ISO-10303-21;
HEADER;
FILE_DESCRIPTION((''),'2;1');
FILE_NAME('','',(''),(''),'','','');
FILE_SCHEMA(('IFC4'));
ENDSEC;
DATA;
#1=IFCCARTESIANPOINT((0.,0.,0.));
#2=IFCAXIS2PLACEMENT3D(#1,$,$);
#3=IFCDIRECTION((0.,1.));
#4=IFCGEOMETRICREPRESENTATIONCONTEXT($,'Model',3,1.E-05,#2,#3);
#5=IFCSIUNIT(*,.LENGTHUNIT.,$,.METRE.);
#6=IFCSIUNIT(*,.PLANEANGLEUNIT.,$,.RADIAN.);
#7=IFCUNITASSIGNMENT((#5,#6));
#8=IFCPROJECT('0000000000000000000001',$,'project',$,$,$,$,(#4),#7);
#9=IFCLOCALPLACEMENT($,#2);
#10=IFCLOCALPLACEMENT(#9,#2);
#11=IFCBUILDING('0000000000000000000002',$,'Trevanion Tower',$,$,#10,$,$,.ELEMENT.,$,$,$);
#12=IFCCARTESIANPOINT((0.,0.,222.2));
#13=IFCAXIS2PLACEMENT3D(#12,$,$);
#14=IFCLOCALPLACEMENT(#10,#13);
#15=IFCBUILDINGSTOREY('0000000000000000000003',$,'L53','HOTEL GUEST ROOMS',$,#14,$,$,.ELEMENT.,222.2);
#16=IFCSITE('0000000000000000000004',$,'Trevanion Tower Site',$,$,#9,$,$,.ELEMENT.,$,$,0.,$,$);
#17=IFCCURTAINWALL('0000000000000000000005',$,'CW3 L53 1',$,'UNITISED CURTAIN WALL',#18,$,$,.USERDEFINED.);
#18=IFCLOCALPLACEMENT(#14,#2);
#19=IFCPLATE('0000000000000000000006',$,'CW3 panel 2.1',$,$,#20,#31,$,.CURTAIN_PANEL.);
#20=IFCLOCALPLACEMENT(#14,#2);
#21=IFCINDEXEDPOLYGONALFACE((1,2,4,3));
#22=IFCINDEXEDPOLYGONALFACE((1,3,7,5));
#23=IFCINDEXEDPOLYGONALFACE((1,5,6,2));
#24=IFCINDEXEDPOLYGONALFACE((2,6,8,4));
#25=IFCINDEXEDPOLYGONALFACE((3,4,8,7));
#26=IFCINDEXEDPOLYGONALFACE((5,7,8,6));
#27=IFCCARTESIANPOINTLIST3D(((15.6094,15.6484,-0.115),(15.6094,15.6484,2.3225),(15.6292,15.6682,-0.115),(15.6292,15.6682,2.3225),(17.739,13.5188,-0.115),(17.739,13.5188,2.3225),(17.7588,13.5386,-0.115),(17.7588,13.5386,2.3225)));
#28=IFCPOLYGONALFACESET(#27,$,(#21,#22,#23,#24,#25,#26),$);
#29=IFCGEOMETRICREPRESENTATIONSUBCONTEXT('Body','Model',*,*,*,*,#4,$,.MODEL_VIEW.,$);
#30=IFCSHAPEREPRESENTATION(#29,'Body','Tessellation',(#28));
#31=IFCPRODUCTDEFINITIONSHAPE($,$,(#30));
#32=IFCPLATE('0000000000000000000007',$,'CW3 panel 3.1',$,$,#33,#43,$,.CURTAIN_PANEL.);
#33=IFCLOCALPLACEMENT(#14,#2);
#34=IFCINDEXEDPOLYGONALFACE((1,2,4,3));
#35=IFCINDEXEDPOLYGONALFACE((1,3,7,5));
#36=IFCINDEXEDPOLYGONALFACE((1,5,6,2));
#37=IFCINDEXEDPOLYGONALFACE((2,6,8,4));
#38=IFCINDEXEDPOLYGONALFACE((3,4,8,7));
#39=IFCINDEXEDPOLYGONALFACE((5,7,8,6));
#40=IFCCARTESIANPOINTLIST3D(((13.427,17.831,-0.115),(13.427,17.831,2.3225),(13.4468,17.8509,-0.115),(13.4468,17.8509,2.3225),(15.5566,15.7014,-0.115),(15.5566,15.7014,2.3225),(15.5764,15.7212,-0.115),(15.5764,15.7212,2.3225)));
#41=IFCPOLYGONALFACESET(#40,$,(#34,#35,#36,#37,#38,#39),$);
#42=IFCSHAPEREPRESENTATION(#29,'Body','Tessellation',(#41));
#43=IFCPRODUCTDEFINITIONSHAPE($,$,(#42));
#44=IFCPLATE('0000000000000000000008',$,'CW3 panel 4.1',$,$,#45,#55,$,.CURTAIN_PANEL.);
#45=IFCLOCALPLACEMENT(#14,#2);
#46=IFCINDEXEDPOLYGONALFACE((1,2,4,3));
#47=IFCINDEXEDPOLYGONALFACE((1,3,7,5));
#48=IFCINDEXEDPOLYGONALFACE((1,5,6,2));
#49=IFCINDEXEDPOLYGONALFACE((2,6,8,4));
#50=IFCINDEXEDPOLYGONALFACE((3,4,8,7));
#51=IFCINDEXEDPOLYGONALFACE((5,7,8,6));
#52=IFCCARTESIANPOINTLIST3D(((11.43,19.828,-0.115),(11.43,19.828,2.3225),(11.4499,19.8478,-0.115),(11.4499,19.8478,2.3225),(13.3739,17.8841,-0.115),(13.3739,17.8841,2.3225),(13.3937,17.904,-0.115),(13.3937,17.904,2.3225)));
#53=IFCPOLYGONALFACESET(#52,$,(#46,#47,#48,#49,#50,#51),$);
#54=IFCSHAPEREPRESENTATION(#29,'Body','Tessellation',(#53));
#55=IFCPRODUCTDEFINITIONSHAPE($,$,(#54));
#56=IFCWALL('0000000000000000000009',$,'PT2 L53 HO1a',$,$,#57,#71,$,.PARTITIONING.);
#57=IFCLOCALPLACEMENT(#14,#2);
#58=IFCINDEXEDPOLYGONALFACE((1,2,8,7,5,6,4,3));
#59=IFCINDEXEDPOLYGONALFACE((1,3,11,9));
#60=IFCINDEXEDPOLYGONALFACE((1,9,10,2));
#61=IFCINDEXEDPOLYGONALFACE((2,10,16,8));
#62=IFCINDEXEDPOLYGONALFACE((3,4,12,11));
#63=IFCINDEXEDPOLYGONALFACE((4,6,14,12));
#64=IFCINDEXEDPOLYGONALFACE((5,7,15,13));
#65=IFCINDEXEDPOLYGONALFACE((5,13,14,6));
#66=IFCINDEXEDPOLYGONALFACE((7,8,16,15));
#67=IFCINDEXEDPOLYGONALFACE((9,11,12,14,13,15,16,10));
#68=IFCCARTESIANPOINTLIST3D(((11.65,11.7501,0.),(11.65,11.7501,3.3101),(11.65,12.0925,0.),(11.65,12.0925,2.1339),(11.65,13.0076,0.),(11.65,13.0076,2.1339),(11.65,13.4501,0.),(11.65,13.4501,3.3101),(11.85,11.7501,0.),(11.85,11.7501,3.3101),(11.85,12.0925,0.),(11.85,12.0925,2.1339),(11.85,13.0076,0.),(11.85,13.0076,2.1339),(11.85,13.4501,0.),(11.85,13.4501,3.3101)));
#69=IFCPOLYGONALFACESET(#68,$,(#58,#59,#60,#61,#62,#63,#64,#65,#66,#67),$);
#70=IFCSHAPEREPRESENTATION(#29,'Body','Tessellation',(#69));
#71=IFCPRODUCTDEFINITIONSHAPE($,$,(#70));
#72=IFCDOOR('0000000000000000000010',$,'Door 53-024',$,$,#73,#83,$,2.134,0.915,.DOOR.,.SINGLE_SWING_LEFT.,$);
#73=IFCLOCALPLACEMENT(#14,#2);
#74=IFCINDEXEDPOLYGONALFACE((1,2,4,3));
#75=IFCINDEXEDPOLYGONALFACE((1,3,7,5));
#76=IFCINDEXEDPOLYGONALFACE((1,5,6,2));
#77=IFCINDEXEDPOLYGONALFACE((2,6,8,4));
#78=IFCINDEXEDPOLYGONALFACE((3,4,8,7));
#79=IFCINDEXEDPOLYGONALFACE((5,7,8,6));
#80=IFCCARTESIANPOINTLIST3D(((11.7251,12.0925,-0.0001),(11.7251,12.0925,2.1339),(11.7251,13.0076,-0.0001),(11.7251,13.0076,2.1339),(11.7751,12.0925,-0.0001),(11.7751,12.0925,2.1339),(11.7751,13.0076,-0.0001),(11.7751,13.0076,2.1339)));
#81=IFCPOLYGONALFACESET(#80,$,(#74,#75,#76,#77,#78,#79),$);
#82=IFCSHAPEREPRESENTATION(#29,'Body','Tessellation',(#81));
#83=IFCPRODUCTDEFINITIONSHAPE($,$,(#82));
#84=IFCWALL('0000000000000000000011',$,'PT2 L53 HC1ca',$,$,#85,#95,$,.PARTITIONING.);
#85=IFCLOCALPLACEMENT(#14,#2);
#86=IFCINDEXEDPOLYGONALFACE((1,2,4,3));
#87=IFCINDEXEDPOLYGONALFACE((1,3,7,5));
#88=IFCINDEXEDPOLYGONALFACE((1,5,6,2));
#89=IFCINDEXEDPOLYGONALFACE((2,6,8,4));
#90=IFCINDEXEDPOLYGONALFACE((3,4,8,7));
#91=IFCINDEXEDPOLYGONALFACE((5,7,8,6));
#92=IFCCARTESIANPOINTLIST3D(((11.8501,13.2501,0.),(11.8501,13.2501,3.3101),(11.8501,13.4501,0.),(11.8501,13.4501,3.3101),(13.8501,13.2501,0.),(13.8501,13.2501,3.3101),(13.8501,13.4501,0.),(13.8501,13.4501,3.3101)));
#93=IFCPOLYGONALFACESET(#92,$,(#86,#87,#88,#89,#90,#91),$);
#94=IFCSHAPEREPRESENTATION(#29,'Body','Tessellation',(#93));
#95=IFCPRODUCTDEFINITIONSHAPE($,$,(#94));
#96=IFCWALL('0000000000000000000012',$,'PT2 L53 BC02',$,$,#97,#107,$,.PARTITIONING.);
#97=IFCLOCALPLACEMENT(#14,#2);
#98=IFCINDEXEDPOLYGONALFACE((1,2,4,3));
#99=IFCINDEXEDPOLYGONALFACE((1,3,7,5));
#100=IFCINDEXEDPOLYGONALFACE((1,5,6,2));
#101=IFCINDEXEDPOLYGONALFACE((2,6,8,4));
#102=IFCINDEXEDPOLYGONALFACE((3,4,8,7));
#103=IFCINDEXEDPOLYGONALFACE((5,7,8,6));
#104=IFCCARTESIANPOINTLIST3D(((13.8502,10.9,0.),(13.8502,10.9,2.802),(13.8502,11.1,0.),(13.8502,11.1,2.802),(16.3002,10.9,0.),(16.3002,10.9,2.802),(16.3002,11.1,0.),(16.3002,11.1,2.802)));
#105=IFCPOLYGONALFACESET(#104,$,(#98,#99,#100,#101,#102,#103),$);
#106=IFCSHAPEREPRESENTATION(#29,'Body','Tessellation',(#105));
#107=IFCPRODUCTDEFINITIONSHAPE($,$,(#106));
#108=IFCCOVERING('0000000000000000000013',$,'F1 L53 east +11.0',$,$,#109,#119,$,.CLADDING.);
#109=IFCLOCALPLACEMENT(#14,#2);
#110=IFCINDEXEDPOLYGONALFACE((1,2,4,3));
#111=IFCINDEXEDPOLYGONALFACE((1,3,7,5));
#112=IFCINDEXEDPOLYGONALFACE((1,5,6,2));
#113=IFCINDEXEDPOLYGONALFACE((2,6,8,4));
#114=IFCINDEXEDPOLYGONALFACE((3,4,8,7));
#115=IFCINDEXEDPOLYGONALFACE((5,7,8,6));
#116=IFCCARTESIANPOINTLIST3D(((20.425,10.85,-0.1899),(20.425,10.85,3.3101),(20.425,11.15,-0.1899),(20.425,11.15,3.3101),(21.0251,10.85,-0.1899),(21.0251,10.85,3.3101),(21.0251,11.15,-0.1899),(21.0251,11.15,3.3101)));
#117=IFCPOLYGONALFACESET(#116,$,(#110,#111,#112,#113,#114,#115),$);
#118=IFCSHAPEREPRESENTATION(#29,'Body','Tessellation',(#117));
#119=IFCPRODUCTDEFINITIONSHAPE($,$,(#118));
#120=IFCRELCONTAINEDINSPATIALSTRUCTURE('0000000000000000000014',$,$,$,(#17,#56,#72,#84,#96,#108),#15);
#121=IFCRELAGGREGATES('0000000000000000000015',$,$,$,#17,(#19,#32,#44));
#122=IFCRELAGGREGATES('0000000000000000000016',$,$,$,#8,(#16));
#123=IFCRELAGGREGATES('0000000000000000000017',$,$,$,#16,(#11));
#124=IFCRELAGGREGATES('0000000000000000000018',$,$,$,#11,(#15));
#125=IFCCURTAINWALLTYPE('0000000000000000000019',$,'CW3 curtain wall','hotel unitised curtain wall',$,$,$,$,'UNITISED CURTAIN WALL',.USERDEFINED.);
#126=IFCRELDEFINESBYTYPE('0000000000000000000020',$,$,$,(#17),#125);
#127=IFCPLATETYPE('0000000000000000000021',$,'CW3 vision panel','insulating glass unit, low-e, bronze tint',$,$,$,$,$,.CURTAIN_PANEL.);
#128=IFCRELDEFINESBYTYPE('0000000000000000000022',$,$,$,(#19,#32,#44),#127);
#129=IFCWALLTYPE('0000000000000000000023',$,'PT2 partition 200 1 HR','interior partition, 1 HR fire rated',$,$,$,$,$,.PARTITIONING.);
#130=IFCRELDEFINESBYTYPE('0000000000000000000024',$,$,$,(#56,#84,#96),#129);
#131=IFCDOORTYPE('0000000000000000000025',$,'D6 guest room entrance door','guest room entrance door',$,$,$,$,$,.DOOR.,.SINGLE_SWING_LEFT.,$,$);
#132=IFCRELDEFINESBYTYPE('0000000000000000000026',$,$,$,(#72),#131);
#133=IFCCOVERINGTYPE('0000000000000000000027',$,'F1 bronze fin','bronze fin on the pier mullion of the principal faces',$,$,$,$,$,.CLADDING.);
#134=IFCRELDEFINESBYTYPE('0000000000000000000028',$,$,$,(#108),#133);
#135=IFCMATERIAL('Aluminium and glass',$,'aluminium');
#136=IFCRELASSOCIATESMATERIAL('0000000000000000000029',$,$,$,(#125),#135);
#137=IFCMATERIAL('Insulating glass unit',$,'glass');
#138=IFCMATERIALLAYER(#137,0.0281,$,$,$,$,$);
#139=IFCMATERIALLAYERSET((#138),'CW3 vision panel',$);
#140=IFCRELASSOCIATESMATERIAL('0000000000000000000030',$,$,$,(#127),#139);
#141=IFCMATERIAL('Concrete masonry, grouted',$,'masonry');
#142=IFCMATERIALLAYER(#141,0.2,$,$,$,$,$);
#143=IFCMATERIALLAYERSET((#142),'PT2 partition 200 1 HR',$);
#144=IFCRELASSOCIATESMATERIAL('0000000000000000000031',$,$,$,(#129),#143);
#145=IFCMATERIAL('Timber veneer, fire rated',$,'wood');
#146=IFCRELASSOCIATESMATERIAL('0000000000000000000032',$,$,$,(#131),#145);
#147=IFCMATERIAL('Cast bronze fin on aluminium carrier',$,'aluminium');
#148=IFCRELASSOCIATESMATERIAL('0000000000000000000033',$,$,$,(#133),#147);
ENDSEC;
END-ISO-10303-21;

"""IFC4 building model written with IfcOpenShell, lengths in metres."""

from ifc_helpers import new_model, si_unit, direction, frame, frame_2d, origin, origin_2d, place, context, subcontext, project, spatial, rectangle, extrude, material, layer, layer_set, type_object, element, fill, aggregate, save


model = new_model("IFC4")

# Units and contexts
model_context = context("Model", 3, precision=1e-05, world=origin(), true_north=direction((0.0, 1.0)))
body_context = subcontext(model_context, "Body", "Model", "MODEL_VIEW")
ifc_project = project(units=[si_unit("LENGTHUNIT", "METRE"), si_unit("PLANEANGLEUNIT", "RADIAN")], contexts=[model_context])

# Site, building, storey
site_placement = place(None, origin())
site = spatial("IfcSite", under=ifc_project, at=site_placement, Name="Trevanion Tower Site", CompositionType="ELEMENT", RefElevation=0.0)
building_placement = place(site_placement, origin())
building = spatial("IfcBuilding", under=site, at=building_placement, Name="Trevanion Tower", CompositionType="ELEMENT")
storey_placement = place(building_placement, frame((0.0, 0.0, 222.2)))
storey = spatial("IfcBuildingStorey", under=building, at=storey_placement, Name="L53", Description="HOTEL GUEST ROOMS", CompositionType="ELEMENT", Elevation=222.2)

# Curtain wall
ifc_material_1 = material(Name="Aluminium and glass", Category="aluminium")
curtain_wall_type = type_object("IfcCurtainWallType", Name="CW3 curtain wall", Description="hotel unitised curtain wall", ElementType="UNITISED CURTAIN WALL", PredefinedType="USERDEFINED", material=ifc_material_1)
curtain_wall_1_placement = place(storey_placement, origin())
curtain_wall_1 = element("IfcCurtainWall", 1, at=curtain_wall_1_placement, inside=storey, type_object=curtain_wall_type, Name="CW3 L53 1", ObjectType="UNITISED CURTAIN WALL", PredefinedType="USERDEFINED")

# Plates
ifc_material_2 = material(Name="Insulating glass unit", Category="glass")
ifc_layer_1 = layer(ifc_material_2, 0.0281)
ifc_layer_set_1 = layer_set([ifc_layer_1], Name="CW3 vision panel")
plate_type_1 = type_object("IfcPlateType", Name="CW3 vision panel", Description="insulating glass unit, low-e, bronze tint", PredefinedType="CURTAIN_PANEL", material=ifc_layer_set_1)
plate_1_placement = place(storey_placement, frame((16.6841, 14.5935, -0.115), z_axis=(0.0, 0.0, 1.0), x_axis=(-0.707107, 0.707107, 0.0)))
plate_1 = element("IfcPlate", 2, at=plate_1_placement, type_object=plate_type_1, Name="CW3 panel 2.1", PredefinedType="CURTAIN_PANEL", context=body_context, shape_type="SweptSolid", body=[
    extrude(rectangle(XDim=3.0117, YDim=0.0281, at=origin_2d()), origin(), (0.0, 0.0, 1.0), 2.4375),
])
plate_2_placement = place(storey_placement, frame((14.5017, 16.7761, -0.115), z_axis=(0.0, 0.0, 1.0), x_axis=(-0.707107, 0.707107, 0.0)))
plate_2 = element("IfcPlate", 3, at=plate_2_placement, type_object=plate_type_1, Name="CW3 panel 3.1", PredefinedType="CURTAIN_PANEL", context=body_context, shape_type="SweptSolid", body=[
    extrude(rectangle(XDim=3.0117, YDim=0.0281, at=origin_2d()), origin(), (0.0, 0.0, 1.0), 2.4375),
])
plate_3_placement = place(storey_placement, frame((12.4119, 18.866, -0.115), z_axis=(0.0, 0.0, 1.0), x_axis=(-0.707107, 0.707107, 0.0)))
plate_3 = element("IfcPlate", 4, at=plate_3_placement, type_object=plate_type_1, Name="CW3 panel 4.1", PredefinedType="CURTAIN_PANEL", context=body_context, shape_type="SweptSolid", body=[
    extrude(rectangle(XDim=2.749, YDim=0.0281, at=origin_2d()), origin(), (0.0, 0.0, 1.0), 2.4375),
])
aggregate(curtain_wall_1, [plate_1, plate_2, plate_3])

# Wall, opening, door
ifc_material_3 = material(Name="Concrete masonry, grouted", Category="masonry")
ifc_layer_2 = layer(ifc_material_3, 0.2)
ifc_layer_set_2 = layer_set([ifc_layer_2], Name="PT2 partition 200 1 HR")
wall_type = type_object("IfcWallType", Name="PT2 partition 200 1 HR", Description="interior partition, 1 HR fire rated", PredefinedType="PARTITIONING", material=ifc_layer_set_2)
wall_1_placement = place(storey_placement, frame((11.75, 11.75, 0.0), z_axis=(0.0, 0.0, 1.0), x_axis=(0.0, 1.0, 0.0)))
wall_1 = element("IfcWall", 5, at=wall_1_placement, inside=storey, type_object=wall_type, Name="PT2 L53 HO1a", PredefinedType="PARTITIONING", context=body_context, shape_type="SweptSolid", body=[
    extrude(rectangle(XDim=1.7, YDim=0.2, at=frame_2d((0.8501, 0.0))), origin(), (0.0, 0.0, 1.0), 3.3101),
])
opening_placement = place(wall_1_placement, frame((0.3425, 0.0, 0.0)))
opening = element("IfcOpeningElement", 6, at=opening_placement, cuts=wall_1, PredefinedType="OPENING", context=body_context, shape_type="SweptSolid", body=[
    extrude(rectangle(XDim=0.915, YDim=2.134, at=frame_2d((0.4575, 1.0669))), frame((0.0, 0.1099, 0.0), z_axis=(0.0, -1.0, 0.0), x_axis=(1.0, 0.0, 0.0)), (0.0, 0.0, 1.0), 0.22),
])
ifc_material_4 = material(Name="Timber veneer, fire rated", Category="wood")
door_type = type_object("IfcDoorType", Name="D6 guest room entrance door", Description="guest room entrance door", OperationType="SINGLE_SWING_LEFT", PredefinedType="DOOR", material=ifc_material_4)
door_placement = place(opening_placement, origin())
door = element("IfcDoor", 7, at=door_placement, inside=storey, type_object=door_type, Name="Door 53-024", OperationType="SINGLE_SWING_LEFT", OverallHeight=2.134, OverallWidth=0.915, PredefinedType="DOOR", context=body_context, shape_type="SweptSolid", body=[
    extrude(rectangle(XDim=0.915, YDim=2.134, at=frame_2d((0.4575, 1.0669))), frame((0.0, 0.0249, 0.0), z_axis=(0.0, -1.0, 0.0), x_axis=(1.0, 0.0, 0.0)), (0.0, 0.0, 1.0), 0.05),
])
fill(opening, door)

# Walls
wall_2_placement = place(storey_placement, frame((13.8501, 13.3501, 0.0), z_axis=(0.0, 0.0, 1.0), x_axis=(-1.0, 0.0, 0.0)))
element("IfcWall", 8, at=wall_2_placement, inside=storey, type_object=wall_type, Name="PT2 L53 HC1ca", PredefinedType="PARTITIONING", context=body_context, shape_type="SweptSolid", body=[
    extrude(rectangle(XDim=2.0, YDim=0.2, at=frame_2d((1.0, 0.0))), origin(), (0.0, 0.0, 1.0), 3.3101),
])
wall_3_placement = place(storey_placement, frame((13.8501, 11.0, 0.0), z_axis=(0.0, 0.0, 1.0), x_axis=(1.0, 0.0, 0.0)))
element("IfcWall", 9, at=wall_3_placement, inside=storey, type_object=wall_type, Name="PT2 L53 BC02", PredefinedType="PARTITIONING", context=body_context, shape_type="SweptSolid", body=[
    extrude(rectangle(XDim=2.45, YDim=0.2, at=frame_2d((1.2251, 0.0))), origin(), (0.0, 0.0, 1.0), 2.802),
])

# Covering
ifc_material_5 = material(Name="Cast bronze fin on aluminium carrier", Category="aluminium")
covering_type = type_object("IfcCoveringType", Name="F1 bronze fin", Description="bronze fin on the pier mullion of the principal faces", PredefinedType="CLADDING", material=ifc_material_5)
covering_placement = place(storey_placement, frame((20.7251, 11.0, -0.1899), z_axis=(0.0, 0.0, 1.0), x_axis=(0.0, 1.0, 0.0)))
element("IfcCovering", 10, at=covering_placement, inside=storey, type_object=covering_type, Name="F1 L53 east +11.0", PredefinedType="CLADDING", context=body_context, shape_type="SweptSolid", body=[
    extrude(rectangle(XDim=0.3, YDim=0.6001, at=origin_2d()), origin(), (0.0, 0.0, 1.0), 3.5),
])

save(model, "model.ifc")
